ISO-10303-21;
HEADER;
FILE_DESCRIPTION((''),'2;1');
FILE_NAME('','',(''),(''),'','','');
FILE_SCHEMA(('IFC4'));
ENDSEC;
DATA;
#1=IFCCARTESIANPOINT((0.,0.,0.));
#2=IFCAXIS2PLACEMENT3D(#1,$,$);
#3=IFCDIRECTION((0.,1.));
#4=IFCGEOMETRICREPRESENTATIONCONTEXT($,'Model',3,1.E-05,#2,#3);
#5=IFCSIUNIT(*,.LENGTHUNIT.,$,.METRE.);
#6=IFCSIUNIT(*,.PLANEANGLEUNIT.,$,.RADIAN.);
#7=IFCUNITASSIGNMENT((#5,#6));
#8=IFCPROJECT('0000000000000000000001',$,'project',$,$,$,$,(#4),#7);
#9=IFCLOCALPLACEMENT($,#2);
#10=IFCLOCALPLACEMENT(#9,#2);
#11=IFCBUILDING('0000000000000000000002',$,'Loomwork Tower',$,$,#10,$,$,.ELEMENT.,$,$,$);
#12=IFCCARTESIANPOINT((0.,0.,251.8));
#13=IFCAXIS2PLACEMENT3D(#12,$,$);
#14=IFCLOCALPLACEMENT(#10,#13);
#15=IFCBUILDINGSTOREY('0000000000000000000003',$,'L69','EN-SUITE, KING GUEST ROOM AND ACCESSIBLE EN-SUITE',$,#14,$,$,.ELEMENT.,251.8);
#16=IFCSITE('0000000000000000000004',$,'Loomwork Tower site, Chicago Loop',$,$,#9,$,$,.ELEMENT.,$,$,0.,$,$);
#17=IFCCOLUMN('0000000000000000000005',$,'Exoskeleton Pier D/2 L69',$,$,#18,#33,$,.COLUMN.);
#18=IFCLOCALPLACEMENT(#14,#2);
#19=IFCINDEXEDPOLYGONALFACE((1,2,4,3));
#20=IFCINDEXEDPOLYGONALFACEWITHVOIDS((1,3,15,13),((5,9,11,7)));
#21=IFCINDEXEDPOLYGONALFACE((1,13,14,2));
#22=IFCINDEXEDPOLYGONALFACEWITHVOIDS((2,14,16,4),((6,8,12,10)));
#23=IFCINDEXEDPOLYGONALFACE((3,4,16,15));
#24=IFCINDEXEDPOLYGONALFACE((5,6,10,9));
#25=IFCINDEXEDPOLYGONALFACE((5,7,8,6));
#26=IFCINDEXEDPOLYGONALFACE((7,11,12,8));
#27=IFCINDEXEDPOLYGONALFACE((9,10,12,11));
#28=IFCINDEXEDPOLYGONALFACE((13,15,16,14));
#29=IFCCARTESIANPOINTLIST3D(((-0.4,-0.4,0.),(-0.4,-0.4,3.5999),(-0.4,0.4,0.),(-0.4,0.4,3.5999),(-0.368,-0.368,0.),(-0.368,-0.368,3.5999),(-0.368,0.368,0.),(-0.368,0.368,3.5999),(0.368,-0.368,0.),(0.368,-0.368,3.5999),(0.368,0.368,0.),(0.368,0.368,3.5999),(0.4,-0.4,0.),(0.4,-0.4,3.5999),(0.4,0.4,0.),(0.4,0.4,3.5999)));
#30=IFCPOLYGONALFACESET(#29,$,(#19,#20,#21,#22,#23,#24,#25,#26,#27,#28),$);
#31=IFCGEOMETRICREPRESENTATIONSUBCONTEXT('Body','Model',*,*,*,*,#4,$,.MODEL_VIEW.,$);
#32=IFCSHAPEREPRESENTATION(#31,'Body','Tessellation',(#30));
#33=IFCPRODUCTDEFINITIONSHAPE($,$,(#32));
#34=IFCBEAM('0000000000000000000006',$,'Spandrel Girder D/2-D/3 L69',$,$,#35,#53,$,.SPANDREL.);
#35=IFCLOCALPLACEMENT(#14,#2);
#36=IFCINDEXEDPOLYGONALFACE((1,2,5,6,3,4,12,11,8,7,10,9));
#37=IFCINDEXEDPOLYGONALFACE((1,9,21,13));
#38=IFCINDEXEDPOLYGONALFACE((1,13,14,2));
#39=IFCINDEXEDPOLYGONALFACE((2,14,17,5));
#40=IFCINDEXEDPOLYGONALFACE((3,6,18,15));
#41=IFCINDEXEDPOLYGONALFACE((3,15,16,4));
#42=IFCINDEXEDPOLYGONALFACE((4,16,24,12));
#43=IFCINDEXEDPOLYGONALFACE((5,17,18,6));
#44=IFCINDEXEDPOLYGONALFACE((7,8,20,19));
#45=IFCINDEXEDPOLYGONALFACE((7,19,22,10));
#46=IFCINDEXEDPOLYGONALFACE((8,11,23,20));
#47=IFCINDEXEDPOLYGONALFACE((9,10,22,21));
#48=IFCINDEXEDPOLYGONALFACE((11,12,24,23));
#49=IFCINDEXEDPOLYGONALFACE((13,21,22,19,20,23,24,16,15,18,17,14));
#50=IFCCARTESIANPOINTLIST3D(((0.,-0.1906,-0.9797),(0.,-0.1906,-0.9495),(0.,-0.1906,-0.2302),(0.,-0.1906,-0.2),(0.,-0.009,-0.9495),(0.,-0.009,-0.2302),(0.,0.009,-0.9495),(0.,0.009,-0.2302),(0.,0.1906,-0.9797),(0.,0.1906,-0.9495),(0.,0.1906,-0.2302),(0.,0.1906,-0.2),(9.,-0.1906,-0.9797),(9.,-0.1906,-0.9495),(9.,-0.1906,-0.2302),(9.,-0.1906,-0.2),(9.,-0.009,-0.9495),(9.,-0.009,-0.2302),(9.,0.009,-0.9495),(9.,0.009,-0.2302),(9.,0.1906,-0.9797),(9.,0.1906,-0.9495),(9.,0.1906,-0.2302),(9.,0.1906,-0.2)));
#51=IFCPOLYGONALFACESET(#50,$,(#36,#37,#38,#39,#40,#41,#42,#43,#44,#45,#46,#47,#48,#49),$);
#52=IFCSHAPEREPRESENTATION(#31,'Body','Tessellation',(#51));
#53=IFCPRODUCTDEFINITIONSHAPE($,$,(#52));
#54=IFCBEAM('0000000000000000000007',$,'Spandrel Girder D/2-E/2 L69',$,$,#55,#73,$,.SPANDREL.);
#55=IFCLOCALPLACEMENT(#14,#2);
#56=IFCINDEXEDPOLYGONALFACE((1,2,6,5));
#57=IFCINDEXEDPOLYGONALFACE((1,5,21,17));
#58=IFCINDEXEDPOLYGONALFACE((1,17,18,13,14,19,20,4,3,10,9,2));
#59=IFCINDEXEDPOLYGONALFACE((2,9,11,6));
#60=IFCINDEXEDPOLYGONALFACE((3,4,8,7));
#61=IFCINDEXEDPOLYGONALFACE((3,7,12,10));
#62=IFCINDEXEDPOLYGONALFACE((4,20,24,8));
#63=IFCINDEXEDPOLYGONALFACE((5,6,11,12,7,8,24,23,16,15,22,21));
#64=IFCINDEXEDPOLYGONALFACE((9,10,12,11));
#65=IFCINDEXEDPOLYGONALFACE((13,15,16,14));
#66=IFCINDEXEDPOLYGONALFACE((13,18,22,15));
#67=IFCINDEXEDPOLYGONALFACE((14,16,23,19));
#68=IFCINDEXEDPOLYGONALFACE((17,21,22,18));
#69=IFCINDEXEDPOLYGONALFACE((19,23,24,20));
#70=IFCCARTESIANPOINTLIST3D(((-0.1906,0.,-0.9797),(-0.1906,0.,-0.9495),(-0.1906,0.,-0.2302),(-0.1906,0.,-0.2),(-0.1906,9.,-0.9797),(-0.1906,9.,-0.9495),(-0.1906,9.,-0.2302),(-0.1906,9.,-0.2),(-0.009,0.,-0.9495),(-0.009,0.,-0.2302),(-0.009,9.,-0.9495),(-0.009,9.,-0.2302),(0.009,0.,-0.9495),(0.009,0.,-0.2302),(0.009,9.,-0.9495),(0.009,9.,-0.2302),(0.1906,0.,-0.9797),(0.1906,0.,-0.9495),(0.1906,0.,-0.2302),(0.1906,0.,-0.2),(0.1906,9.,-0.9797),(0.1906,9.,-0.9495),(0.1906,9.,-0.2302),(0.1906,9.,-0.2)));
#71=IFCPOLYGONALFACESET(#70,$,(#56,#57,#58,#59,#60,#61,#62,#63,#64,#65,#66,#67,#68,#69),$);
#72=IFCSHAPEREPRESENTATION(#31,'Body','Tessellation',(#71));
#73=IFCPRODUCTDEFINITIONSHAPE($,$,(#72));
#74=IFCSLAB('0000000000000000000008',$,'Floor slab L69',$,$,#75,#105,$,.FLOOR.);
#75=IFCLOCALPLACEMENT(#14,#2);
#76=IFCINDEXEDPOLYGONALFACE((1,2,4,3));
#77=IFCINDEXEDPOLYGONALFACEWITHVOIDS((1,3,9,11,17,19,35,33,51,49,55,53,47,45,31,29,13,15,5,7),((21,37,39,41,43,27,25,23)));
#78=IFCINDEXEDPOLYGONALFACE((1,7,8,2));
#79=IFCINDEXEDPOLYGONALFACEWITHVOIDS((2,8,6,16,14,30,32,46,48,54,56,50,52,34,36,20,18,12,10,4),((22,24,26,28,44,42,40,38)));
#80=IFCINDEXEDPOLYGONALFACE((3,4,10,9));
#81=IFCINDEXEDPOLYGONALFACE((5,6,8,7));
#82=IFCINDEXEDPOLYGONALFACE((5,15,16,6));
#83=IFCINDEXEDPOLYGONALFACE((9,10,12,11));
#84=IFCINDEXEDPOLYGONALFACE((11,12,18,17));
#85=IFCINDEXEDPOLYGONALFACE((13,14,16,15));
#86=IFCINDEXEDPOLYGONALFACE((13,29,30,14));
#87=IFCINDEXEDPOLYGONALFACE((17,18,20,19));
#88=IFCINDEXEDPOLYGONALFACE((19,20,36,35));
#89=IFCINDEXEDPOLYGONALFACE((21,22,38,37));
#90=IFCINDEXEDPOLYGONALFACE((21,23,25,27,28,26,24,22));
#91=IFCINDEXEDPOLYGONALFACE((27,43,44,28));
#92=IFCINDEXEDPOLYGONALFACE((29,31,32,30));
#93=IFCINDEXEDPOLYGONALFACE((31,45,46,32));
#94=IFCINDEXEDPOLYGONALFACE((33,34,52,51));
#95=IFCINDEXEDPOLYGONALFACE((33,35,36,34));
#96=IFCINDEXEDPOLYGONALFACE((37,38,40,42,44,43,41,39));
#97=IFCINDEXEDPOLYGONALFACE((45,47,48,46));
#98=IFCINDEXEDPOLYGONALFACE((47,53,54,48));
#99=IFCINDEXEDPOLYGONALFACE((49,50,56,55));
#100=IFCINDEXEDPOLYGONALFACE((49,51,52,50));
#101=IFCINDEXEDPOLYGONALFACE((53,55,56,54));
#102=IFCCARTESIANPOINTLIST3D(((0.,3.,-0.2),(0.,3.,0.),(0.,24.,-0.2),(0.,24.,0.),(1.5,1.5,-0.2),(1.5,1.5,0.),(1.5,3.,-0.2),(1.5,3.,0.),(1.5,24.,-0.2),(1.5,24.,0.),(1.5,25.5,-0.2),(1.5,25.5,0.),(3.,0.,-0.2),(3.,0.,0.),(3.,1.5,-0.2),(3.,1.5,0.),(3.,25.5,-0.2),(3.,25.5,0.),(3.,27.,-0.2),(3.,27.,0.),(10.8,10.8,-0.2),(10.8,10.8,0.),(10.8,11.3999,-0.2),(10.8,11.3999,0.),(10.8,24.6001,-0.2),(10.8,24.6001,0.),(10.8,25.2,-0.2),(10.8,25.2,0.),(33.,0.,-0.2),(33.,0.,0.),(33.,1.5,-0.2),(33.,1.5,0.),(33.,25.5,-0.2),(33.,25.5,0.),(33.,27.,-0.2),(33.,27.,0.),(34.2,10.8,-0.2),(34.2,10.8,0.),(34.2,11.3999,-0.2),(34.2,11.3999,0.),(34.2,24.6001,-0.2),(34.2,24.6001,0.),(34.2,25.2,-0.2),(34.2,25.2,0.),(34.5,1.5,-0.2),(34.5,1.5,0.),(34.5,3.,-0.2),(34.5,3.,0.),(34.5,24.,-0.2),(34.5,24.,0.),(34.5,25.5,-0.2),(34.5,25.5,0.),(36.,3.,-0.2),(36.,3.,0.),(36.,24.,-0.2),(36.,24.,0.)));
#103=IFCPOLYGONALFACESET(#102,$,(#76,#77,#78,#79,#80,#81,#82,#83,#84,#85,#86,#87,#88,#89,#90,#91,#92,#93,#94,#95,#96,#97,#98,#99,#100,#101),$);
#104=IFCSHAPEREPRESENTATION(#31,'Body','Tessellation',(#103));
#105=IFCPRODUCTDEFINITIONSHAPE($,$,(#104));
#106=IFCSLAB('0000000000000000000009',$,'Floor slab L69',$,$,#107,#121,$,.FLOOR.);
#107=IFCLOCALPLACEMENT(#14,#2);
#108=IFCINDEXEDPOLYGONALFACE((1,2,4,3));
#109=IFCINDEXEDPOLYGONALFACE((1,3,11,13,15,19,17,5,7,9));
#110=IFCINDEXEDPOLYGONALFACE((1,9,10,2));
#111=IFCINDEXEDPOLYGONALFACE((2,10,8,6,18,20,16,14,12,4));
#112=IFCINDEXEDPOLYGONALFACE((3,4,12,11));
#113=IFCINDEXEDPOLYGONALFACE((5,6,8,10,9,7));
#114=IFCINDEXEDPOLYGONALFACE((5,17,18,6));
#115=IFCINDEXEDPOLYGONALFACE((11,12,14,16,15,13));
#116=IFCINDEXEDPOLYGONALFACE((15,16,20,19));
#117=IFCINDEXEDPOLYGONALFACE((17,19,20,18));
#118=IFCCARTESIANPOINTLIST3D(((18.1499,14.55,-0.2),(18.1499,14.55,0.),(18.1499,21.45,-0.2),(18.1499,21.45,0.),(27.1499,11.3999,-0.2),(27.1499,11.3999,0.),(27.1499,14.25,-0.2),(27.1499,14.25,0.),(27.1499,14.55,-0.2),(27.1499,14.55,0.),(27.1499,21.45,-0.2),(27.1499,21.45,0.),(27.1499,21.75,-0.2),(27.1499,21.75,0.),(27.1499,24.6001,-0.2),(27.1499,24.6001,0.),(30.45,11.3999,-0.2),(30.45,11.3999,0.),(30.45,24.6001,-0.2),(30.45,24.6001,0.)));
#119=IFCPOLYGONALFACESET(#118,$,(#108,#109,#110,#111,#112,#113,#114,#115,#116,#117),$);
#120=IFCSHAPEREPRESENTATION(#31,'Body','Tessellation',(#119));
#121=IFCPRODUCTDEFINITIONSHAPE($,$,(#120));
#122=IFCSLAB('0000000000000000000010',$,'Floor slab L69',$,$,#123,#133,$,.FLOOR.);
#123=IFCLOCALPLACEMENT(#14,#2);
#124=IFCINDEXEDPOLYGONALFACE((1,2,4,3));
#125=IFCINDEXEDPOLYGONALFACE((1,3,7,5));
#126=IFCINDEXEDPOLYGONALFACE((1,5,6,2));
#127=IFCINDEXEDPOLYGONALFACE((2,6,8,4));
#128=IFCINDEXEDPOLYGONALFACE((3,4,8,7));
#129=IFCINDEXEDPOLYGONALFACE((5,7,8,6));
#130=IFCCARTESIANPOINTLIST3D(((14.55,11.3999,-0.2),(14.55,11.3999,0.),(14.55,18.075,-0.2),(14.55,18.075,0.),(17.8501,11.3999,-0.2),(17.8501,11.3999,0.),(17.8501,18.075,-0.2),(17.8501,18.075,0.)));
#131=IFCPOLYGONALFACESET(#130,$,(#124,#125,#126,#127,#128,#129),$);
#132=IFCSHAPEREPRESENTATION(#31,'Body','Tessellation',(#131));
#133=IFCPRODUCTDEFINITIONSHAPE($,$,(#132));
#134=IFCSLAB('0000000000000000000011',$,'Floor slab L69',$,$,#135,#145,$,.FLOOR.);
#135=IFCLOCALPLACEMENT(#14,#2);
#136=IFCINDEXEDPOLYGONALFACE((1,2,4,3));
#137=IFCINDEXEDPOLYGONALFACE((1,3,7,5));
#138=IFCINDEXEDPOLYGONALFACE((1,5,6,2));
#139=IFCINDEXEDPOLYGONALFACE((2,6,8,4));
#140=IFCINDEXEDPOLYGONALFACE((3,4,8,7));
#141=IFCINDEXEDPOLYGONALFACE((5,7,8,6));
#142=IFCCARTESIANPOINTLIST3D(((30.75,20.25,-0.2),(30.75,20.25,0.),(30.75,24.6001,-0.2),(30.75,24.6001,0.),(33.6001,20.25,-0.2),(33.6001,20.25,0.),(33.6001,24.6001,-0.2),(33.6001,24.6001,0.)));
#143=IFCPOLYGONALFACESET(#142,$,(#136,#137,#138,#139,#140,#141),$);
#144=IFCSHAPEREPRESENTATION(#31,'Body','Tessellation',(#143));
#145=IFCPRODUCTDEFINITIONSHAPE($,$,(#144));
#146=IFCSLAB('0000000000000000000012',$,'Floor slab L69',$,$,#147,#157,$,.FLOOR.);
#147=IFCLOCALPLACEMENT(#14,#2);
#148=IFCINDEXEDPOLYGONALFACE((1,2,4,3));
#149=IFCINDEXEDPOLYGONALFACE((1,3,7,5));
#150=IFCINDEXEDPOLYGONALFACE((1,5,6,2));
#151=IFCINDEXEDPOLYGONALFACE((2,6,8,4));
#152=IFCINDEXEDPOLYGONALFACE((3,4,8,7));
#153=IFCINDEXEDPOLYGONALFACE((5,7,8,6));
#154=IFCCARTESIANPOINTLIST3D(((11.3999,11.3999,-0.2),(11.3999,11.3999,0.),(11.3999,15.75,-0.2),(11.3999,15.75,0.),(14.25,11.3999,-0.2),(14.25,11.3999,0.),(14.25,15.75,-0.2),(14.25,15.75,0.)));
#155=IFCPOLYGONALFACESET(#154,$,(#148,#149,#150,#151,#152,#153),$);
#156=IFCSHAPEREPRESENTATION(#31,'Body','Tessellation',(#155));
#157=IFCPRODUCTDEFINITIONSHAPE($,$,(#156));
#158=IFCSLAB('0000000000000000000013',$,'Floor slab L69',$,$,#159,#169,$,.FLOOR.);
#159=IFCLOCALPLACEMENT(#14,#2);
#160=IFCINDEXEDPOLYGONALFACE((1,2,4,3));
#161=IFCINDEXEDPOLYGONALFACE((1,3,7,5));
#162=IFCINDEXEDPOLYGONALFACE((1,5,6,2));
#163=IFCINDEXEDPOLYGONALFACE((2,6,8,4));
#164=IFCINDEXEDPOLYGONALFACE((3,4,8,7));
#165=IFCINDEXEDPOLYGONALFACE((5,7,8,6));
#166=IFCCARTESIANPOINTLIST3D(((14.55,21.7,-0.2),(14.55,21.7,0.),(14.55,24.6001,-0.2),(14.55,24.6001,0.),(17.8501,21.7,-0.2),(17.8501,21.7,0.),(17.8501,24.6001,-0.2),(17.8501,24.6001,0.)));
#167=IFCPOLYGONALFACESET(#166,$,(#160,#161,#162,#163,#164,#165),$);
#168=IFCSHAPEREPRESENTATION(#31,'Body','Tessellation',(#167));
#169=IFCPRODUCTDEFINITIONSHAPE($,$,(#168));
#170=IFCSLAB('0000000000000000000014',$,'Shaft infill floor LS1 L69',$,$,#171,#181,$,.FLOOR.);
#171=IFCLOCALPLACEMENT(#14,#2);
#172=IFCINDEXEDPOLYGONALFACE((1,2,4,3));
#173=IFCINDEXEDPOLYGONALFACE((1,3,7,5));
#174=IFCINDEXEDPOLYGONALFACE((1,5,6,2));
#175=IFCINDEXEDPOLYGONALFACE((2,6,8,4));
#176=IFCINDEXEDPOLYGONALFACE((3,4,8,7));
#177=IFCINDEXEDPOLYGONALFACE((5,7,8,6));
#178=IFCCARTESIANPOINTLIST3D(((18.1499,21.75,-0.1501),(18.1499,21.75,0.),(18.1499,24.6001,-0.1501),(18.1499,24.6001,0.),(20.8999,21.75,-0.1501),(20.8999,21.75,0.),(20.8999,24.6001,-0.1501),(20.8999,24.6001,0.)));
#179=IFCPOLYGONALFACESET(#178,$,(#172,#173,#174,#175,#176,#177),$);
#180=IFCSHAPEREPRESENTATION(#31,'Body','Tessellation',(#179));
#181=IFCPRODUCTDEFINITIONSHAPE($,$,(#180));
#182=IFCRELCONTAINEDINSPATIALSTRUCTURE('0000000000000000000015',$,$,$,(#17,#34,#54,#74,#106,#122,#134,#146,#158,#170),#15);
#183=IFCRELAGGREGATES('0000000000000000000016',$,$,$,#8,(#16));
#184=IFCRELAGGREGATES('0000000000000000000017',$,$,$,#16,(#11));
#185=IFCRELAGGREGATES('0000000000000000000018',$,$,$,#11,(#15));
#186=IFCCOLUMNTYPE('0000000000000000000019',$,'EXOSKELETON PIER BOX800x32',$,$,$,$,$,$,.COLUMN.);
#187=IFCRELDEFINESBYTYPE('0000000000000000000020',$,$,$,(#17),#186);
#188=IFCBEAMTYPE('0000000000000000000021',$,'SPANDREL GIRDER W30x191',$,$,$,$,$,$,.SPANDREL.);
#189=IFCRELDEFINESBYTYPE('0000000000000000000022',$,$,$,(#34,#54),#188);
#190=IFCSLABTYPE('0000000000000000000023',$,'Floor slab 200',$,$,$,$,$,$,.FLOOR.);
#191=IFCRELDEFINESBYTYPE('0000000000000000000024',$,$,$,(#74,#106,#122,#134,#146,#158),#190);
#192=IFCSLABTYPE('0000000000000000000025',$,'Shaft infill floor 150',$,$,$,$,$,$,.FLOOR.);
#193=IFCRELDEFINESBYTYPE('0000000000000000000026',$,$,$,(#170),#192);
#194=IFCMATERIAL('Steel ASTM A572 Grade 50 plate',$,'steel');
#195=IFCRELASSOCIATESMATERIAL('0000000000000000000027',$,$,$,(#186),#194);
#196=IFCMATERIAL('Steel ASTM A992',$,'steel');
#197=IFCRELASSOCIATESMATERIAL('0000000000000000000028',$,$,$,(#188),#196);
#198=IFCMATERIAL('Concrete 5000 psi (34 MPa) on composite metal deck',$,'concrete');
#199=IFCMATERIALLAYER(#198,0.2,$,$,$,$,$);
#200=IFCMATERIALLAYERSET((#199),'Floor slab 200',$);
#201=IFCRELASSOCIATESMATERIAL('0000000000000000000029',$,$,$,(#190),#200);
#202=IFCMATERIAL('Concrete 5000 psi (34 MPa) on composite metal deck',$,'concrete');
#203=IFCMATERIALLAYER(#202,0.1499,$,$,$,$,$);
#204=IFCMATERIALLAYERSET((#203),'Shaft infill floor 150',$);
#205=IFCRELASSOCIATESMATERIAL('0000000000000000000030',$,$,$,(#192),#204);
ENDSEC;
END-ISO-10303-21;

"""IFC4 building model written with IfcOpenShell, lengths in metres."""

from ifc_helpers import new_model, si_unit, direction, frame, origin, origin_with_axes, origin_2d, place, context, subcontext, project, spatial, polyline, hollow_rectangle, i_section, outline, extrude, material, layer, layer_set, material_profile, profile_set, type_object, element, save


model = new_model("IFC4")

# Units and contexts
model_context = context("Model", 3, precision=1e-05, world=origin(), true_north=direction((0.0, 1.0)))
body_context = subcontext(model_context, "Body", "Model", "MODEL_VIEW")
ifc_project = project(units=[si_unit("LENGTHUNIT", "METRE"), si_unit("PLANEANGLEUNIT", "RADIAN")], contexts=[model_context])

# Site, building, storey
site_placement = place(None, origin())
site = spatial("IfcSite", under=ifc_project, at=site_placement, Name="Loomwork Tower site, Chicago Loop", CompositionType="ELEMENT", RefElevation=0.0)
building_placement = place(site_placement, origin())
building = spatial("IfcBuilding", under=site, at=building_placement, Name="Loomwork Tower", CompositionType="ELEMENT")
storey_placement = place(building_placement, frame((0.0, 0.0, 251.8)))
storey = spatial("IfcBuildingStorey", under=building, at=storey_placement, Name="L69", Description="EN-SUITE, KING GUEST ROOM AND ACCESSIBLE EN-SUITE", CompositionType="ELEMENT", Elevation=251.8)

# Column
ifc_material_1 = material(Name="Steel ASTM A572 Grade 50 plate", Category="steel")
ifc_material_profile_1 = material_profile(ifc_material_1, hollow_rectangle(XDim=0.8, YDim=0.8, WallThickness=0.032, at=origin_2d()), Name="BOX800x32")
ifc_profile_set_1 = profile_set([ifc_material_profile_1], Name="Steel ASTM A572 Grade 50 plate")
column_type = type_object("IfcColumnType", Name="EXOSKELETON PIER BOX800x32", PredefinedType="COLUMN", material=ifc_profile_set_1)
column_placement = place(storey_placement, origin_with_axes())
element("IfcColumn", 1, at=column_placement, inside=storey, type_object=column_type, Name="Exoskeleton Pier D/2 L69", PredefinedType="COLUMN", context=body_context, shape_type="SweptSolid", body=[
    extrude(hollow_rectangle(XDim=0.8, YDim=0.8, WallThickness=0.032, at=origin_2d()), origin(), (0.0, 0.0, 1.0), 3.5999),
])

# Beams
ifc_material_2 = material(Name="Steel ASTM A992", Category="steel")
ifc_material_profile_2 = material_profile(ifc_material_2, i_section(OverallWidth=0.3811, OverallDepth=0.7798, WebThickness=0.0181, FlangeThickness=0.0303, at=origin_2d()), Name="W30x191")
ifc_profile_set_2 = profile_set([ifc_material_profile_2], Name="Steel ASTM A992")
beam_type = type_object("IfcBeamType", Name="SPANDREL GIRDER W30x191", PredefinedType="SPANDREL", material=ifc_profile_set_2)
for number, where, z_axis, x_axis, name in (
    (2, (0.0, 0.0, -0.5898), (1.0, 0.0, 0.0), (0.0, 1.0, 0.0), "Spandrel Girder D/2-D/3 L69"),
    (3, (0.0, 0.0, -0.5898), (0.0, 1.0, 0.0), (-1.0, 0.0, 0.0), "Spandrel Girder D/2-E/2 L69"),
):
    element("IfcBeam", number, at=place(storey_placement, frame(where, z_axis=z_axis, x_axis=x_axis)), inside=storey, type_object=beam_type, Name=name, PredefinedType="SPANDREL", context=body_context, shape_type="SweptSolid", body=[
        extrude(i_section(OverallWidth=0.3811, OverallDepth=0.7798, WebThickness=0.0181, FlangeThickness=0.0303, at=origin_2d()), origin(), (0.0, 0.0, 1.0), 9.0),
    ])

# Slabs
ifc_material_3 = material(Name="Concrete 5000 psi (34 MPa) on composite metal deck", Category="concrete")
ifc_layer_1 = layer(ifc_material_3, 0.2)
ifc_layer_set_1 = layer_set([ifc_layer_1], Name="Floor slab 200")
slab_type_1 = type_object("IfcSlabType", Name="Floor slab 200", PredefinedType="FLOOR", material=ifc_layer_set_1)
slab_1_placement = place(storey_placement, frame((0.0, 0.0, -0.2)))
element("IfcSlab", 4, at=slab_1_placement, inside=storey, type_object=slab_type_1, Name="Floor slab L69", PredefinedType="FLOOR", context=body_context, shape_type="SweptSolid", body=[
    extrude(outline(polyline([(3.0, 1.5), (1.5, 1.5), (1.5, 3.0), (0.0, 3.0), (0.0, 24.0), (1.5, 24.0), (1.5, 25.5), (3.0, 25.5), (3.0, 27.0), (33.0, 27.0), (33.0, 25.5), (34.5, 25.5), (34.5, 24.0), (36.0, 24.0), (36.0, 3.0), (34.5, 3.0), (34.5, 1.5), (33.0, 1.5), (33.0, 0.0), (3.0, 0.0), (3.0, 1.5)]), holes=[polyline([(10.8, 11.3999), (10.8, 11.3999), (10.8, 10.8), (34.2, 10.8), (34.2, 11.3999), (34.2, 11.3999), (34.2, 24.6001), (34.2, 25.2), (10.8, 25.2), (10.8, 24.6001), (10.8, 11.3999)])]), origin(), (0.0, 0.0, 1.0), 0.2),
])
slab_2_placement = place(storey_placement, frame((0.0, 0.0, -0.2)))
element("IfcSlab", 5, at=slab_2_placement, inside=storey, type_object=slab_type_1, Name="Floor slab L69", PredefinedType="FLOOR", context=body_context, shape_type="SweptSolid", body=[
    extrude(outline(polyline([(30.45, 24.6001), (30.45, 11.3999), (27.1499, 11.3999), (27.1499, 14.25), (27.1499, 14.55), (18.1499, 14.55), (18.1499, 21.45), (27.1499, 21.45), (27.1499, 21.75), (27.1499, 24.6001), (30.45, 24.6001)])), origin(), (0.0, 0.0, 1.0), 0.2),
])
slab_3_placement = place(storey_placement, frame((0.0, 0.0, -0.2)))
element("IfcSlab", 6, at=slab_3_placement, inside=storey, type_object=slab_type_1, Name="Floor slab L69", PredefinedType="FLOOR", context=body_context, shape_type="SweptSolid", body=[
    extrude(outline(polyline([(14.55, 11.3999), (14.55, 18.075), (17.8501, 18.075), (17.8501, 11.3999), (14.55, 11.3999)])), origin(), (0.0, 0.0, 1.0), 0.2),
])
slab_4_placement = place(storey_placement, frame((0.0, 0.0, -0.2)))
element("IfcSlab", 7, at=slab_4_placement, inside=storey, type_object=slab_type_1, Name="Floor slab L69", PredefinedType="FLOOR", context=body_context, shape_type="SweptSolid", body=[
    extrude(outline(polyline([(33.6001, 20.25), (30.75, 20.25), (30.75, 24.6001), (33.6001, 24.6001), (33.6001, 20.25)])), origin(), (0.0, 0.0, 1.0), 0.2),
])
slab_5_placement = place(storey_placement, frame((0.0, 0.0, -0.2)))
element("IfcSlab", 8, at=slab_5_placement, inside=storey, type_object=slab_type_1, Name="Floor slab L69", PredefinedType="FLOOR", context=body_context, shape_type="SweptSolid", body=[
    extrude(outline(polyline([(14.25, 15.75), (14.25, 11.3999), (11.3999, 11.3999), (11.3999, 15.75), (14.25, 15.75)])), origin(), (0.0, 0.0, 1.0), 0.2),
])
slab_6_placement = place(storey_placement, frame((0.0, 0.0, -0.2)))
element("IfcSlab", 9, at=slab_6_placement, inside=storey, type_object=slab_type_1, Name="Floor slab L69", PredefinedType="FLOOR", context=body_context, shape_type="SweptSolid", body=[
    extrude(outline(polyline([(14.55, 21.7), (14.55, 24.6001), (17.8501, 24.6001), (17.8501, 21.7), (14.55, 21.7)])), origin(), (0.0, 0.0, 1.0), 0.2),
])
ifc_material_4 = material(Name="Concrete 5000 psi (34 MPa) on composite metal deck", Category="concrete")
ifc_layer_2 = layer(ifc_material_4, 0.1499)
ifc_layer_set_2 = layer_set([ifc_layer_2], Name="Shaft infill floor 150")
slab_type_2 = type_object("IfcSlabType", Name="Shaft infill floor 150", PredefinedType="FLOOR", material=ifc_layer_set_2)
slab_7_placement = place(storey_placement, frame((0.0, 0.0, -0.1501)))
element("IfcSlab", 10, at=slab_7_placement, inside=storey, type_object=slab_type_2, Name="Shaft infill floor LS1 L69", PredefinedType="FLOOR", context=body_context, shape_type="SweptSolid", body=[
    extrude(outline(polyline([(18.1499, 21.75), (20.8999, 21.75), (20.8999, 24.6001), (18.1499, 24.6001), (18.1499, 21.75)])), origin(), (0.0, 0.0, 1.0), 0.1501),
])

save(model, "model.ifc")
